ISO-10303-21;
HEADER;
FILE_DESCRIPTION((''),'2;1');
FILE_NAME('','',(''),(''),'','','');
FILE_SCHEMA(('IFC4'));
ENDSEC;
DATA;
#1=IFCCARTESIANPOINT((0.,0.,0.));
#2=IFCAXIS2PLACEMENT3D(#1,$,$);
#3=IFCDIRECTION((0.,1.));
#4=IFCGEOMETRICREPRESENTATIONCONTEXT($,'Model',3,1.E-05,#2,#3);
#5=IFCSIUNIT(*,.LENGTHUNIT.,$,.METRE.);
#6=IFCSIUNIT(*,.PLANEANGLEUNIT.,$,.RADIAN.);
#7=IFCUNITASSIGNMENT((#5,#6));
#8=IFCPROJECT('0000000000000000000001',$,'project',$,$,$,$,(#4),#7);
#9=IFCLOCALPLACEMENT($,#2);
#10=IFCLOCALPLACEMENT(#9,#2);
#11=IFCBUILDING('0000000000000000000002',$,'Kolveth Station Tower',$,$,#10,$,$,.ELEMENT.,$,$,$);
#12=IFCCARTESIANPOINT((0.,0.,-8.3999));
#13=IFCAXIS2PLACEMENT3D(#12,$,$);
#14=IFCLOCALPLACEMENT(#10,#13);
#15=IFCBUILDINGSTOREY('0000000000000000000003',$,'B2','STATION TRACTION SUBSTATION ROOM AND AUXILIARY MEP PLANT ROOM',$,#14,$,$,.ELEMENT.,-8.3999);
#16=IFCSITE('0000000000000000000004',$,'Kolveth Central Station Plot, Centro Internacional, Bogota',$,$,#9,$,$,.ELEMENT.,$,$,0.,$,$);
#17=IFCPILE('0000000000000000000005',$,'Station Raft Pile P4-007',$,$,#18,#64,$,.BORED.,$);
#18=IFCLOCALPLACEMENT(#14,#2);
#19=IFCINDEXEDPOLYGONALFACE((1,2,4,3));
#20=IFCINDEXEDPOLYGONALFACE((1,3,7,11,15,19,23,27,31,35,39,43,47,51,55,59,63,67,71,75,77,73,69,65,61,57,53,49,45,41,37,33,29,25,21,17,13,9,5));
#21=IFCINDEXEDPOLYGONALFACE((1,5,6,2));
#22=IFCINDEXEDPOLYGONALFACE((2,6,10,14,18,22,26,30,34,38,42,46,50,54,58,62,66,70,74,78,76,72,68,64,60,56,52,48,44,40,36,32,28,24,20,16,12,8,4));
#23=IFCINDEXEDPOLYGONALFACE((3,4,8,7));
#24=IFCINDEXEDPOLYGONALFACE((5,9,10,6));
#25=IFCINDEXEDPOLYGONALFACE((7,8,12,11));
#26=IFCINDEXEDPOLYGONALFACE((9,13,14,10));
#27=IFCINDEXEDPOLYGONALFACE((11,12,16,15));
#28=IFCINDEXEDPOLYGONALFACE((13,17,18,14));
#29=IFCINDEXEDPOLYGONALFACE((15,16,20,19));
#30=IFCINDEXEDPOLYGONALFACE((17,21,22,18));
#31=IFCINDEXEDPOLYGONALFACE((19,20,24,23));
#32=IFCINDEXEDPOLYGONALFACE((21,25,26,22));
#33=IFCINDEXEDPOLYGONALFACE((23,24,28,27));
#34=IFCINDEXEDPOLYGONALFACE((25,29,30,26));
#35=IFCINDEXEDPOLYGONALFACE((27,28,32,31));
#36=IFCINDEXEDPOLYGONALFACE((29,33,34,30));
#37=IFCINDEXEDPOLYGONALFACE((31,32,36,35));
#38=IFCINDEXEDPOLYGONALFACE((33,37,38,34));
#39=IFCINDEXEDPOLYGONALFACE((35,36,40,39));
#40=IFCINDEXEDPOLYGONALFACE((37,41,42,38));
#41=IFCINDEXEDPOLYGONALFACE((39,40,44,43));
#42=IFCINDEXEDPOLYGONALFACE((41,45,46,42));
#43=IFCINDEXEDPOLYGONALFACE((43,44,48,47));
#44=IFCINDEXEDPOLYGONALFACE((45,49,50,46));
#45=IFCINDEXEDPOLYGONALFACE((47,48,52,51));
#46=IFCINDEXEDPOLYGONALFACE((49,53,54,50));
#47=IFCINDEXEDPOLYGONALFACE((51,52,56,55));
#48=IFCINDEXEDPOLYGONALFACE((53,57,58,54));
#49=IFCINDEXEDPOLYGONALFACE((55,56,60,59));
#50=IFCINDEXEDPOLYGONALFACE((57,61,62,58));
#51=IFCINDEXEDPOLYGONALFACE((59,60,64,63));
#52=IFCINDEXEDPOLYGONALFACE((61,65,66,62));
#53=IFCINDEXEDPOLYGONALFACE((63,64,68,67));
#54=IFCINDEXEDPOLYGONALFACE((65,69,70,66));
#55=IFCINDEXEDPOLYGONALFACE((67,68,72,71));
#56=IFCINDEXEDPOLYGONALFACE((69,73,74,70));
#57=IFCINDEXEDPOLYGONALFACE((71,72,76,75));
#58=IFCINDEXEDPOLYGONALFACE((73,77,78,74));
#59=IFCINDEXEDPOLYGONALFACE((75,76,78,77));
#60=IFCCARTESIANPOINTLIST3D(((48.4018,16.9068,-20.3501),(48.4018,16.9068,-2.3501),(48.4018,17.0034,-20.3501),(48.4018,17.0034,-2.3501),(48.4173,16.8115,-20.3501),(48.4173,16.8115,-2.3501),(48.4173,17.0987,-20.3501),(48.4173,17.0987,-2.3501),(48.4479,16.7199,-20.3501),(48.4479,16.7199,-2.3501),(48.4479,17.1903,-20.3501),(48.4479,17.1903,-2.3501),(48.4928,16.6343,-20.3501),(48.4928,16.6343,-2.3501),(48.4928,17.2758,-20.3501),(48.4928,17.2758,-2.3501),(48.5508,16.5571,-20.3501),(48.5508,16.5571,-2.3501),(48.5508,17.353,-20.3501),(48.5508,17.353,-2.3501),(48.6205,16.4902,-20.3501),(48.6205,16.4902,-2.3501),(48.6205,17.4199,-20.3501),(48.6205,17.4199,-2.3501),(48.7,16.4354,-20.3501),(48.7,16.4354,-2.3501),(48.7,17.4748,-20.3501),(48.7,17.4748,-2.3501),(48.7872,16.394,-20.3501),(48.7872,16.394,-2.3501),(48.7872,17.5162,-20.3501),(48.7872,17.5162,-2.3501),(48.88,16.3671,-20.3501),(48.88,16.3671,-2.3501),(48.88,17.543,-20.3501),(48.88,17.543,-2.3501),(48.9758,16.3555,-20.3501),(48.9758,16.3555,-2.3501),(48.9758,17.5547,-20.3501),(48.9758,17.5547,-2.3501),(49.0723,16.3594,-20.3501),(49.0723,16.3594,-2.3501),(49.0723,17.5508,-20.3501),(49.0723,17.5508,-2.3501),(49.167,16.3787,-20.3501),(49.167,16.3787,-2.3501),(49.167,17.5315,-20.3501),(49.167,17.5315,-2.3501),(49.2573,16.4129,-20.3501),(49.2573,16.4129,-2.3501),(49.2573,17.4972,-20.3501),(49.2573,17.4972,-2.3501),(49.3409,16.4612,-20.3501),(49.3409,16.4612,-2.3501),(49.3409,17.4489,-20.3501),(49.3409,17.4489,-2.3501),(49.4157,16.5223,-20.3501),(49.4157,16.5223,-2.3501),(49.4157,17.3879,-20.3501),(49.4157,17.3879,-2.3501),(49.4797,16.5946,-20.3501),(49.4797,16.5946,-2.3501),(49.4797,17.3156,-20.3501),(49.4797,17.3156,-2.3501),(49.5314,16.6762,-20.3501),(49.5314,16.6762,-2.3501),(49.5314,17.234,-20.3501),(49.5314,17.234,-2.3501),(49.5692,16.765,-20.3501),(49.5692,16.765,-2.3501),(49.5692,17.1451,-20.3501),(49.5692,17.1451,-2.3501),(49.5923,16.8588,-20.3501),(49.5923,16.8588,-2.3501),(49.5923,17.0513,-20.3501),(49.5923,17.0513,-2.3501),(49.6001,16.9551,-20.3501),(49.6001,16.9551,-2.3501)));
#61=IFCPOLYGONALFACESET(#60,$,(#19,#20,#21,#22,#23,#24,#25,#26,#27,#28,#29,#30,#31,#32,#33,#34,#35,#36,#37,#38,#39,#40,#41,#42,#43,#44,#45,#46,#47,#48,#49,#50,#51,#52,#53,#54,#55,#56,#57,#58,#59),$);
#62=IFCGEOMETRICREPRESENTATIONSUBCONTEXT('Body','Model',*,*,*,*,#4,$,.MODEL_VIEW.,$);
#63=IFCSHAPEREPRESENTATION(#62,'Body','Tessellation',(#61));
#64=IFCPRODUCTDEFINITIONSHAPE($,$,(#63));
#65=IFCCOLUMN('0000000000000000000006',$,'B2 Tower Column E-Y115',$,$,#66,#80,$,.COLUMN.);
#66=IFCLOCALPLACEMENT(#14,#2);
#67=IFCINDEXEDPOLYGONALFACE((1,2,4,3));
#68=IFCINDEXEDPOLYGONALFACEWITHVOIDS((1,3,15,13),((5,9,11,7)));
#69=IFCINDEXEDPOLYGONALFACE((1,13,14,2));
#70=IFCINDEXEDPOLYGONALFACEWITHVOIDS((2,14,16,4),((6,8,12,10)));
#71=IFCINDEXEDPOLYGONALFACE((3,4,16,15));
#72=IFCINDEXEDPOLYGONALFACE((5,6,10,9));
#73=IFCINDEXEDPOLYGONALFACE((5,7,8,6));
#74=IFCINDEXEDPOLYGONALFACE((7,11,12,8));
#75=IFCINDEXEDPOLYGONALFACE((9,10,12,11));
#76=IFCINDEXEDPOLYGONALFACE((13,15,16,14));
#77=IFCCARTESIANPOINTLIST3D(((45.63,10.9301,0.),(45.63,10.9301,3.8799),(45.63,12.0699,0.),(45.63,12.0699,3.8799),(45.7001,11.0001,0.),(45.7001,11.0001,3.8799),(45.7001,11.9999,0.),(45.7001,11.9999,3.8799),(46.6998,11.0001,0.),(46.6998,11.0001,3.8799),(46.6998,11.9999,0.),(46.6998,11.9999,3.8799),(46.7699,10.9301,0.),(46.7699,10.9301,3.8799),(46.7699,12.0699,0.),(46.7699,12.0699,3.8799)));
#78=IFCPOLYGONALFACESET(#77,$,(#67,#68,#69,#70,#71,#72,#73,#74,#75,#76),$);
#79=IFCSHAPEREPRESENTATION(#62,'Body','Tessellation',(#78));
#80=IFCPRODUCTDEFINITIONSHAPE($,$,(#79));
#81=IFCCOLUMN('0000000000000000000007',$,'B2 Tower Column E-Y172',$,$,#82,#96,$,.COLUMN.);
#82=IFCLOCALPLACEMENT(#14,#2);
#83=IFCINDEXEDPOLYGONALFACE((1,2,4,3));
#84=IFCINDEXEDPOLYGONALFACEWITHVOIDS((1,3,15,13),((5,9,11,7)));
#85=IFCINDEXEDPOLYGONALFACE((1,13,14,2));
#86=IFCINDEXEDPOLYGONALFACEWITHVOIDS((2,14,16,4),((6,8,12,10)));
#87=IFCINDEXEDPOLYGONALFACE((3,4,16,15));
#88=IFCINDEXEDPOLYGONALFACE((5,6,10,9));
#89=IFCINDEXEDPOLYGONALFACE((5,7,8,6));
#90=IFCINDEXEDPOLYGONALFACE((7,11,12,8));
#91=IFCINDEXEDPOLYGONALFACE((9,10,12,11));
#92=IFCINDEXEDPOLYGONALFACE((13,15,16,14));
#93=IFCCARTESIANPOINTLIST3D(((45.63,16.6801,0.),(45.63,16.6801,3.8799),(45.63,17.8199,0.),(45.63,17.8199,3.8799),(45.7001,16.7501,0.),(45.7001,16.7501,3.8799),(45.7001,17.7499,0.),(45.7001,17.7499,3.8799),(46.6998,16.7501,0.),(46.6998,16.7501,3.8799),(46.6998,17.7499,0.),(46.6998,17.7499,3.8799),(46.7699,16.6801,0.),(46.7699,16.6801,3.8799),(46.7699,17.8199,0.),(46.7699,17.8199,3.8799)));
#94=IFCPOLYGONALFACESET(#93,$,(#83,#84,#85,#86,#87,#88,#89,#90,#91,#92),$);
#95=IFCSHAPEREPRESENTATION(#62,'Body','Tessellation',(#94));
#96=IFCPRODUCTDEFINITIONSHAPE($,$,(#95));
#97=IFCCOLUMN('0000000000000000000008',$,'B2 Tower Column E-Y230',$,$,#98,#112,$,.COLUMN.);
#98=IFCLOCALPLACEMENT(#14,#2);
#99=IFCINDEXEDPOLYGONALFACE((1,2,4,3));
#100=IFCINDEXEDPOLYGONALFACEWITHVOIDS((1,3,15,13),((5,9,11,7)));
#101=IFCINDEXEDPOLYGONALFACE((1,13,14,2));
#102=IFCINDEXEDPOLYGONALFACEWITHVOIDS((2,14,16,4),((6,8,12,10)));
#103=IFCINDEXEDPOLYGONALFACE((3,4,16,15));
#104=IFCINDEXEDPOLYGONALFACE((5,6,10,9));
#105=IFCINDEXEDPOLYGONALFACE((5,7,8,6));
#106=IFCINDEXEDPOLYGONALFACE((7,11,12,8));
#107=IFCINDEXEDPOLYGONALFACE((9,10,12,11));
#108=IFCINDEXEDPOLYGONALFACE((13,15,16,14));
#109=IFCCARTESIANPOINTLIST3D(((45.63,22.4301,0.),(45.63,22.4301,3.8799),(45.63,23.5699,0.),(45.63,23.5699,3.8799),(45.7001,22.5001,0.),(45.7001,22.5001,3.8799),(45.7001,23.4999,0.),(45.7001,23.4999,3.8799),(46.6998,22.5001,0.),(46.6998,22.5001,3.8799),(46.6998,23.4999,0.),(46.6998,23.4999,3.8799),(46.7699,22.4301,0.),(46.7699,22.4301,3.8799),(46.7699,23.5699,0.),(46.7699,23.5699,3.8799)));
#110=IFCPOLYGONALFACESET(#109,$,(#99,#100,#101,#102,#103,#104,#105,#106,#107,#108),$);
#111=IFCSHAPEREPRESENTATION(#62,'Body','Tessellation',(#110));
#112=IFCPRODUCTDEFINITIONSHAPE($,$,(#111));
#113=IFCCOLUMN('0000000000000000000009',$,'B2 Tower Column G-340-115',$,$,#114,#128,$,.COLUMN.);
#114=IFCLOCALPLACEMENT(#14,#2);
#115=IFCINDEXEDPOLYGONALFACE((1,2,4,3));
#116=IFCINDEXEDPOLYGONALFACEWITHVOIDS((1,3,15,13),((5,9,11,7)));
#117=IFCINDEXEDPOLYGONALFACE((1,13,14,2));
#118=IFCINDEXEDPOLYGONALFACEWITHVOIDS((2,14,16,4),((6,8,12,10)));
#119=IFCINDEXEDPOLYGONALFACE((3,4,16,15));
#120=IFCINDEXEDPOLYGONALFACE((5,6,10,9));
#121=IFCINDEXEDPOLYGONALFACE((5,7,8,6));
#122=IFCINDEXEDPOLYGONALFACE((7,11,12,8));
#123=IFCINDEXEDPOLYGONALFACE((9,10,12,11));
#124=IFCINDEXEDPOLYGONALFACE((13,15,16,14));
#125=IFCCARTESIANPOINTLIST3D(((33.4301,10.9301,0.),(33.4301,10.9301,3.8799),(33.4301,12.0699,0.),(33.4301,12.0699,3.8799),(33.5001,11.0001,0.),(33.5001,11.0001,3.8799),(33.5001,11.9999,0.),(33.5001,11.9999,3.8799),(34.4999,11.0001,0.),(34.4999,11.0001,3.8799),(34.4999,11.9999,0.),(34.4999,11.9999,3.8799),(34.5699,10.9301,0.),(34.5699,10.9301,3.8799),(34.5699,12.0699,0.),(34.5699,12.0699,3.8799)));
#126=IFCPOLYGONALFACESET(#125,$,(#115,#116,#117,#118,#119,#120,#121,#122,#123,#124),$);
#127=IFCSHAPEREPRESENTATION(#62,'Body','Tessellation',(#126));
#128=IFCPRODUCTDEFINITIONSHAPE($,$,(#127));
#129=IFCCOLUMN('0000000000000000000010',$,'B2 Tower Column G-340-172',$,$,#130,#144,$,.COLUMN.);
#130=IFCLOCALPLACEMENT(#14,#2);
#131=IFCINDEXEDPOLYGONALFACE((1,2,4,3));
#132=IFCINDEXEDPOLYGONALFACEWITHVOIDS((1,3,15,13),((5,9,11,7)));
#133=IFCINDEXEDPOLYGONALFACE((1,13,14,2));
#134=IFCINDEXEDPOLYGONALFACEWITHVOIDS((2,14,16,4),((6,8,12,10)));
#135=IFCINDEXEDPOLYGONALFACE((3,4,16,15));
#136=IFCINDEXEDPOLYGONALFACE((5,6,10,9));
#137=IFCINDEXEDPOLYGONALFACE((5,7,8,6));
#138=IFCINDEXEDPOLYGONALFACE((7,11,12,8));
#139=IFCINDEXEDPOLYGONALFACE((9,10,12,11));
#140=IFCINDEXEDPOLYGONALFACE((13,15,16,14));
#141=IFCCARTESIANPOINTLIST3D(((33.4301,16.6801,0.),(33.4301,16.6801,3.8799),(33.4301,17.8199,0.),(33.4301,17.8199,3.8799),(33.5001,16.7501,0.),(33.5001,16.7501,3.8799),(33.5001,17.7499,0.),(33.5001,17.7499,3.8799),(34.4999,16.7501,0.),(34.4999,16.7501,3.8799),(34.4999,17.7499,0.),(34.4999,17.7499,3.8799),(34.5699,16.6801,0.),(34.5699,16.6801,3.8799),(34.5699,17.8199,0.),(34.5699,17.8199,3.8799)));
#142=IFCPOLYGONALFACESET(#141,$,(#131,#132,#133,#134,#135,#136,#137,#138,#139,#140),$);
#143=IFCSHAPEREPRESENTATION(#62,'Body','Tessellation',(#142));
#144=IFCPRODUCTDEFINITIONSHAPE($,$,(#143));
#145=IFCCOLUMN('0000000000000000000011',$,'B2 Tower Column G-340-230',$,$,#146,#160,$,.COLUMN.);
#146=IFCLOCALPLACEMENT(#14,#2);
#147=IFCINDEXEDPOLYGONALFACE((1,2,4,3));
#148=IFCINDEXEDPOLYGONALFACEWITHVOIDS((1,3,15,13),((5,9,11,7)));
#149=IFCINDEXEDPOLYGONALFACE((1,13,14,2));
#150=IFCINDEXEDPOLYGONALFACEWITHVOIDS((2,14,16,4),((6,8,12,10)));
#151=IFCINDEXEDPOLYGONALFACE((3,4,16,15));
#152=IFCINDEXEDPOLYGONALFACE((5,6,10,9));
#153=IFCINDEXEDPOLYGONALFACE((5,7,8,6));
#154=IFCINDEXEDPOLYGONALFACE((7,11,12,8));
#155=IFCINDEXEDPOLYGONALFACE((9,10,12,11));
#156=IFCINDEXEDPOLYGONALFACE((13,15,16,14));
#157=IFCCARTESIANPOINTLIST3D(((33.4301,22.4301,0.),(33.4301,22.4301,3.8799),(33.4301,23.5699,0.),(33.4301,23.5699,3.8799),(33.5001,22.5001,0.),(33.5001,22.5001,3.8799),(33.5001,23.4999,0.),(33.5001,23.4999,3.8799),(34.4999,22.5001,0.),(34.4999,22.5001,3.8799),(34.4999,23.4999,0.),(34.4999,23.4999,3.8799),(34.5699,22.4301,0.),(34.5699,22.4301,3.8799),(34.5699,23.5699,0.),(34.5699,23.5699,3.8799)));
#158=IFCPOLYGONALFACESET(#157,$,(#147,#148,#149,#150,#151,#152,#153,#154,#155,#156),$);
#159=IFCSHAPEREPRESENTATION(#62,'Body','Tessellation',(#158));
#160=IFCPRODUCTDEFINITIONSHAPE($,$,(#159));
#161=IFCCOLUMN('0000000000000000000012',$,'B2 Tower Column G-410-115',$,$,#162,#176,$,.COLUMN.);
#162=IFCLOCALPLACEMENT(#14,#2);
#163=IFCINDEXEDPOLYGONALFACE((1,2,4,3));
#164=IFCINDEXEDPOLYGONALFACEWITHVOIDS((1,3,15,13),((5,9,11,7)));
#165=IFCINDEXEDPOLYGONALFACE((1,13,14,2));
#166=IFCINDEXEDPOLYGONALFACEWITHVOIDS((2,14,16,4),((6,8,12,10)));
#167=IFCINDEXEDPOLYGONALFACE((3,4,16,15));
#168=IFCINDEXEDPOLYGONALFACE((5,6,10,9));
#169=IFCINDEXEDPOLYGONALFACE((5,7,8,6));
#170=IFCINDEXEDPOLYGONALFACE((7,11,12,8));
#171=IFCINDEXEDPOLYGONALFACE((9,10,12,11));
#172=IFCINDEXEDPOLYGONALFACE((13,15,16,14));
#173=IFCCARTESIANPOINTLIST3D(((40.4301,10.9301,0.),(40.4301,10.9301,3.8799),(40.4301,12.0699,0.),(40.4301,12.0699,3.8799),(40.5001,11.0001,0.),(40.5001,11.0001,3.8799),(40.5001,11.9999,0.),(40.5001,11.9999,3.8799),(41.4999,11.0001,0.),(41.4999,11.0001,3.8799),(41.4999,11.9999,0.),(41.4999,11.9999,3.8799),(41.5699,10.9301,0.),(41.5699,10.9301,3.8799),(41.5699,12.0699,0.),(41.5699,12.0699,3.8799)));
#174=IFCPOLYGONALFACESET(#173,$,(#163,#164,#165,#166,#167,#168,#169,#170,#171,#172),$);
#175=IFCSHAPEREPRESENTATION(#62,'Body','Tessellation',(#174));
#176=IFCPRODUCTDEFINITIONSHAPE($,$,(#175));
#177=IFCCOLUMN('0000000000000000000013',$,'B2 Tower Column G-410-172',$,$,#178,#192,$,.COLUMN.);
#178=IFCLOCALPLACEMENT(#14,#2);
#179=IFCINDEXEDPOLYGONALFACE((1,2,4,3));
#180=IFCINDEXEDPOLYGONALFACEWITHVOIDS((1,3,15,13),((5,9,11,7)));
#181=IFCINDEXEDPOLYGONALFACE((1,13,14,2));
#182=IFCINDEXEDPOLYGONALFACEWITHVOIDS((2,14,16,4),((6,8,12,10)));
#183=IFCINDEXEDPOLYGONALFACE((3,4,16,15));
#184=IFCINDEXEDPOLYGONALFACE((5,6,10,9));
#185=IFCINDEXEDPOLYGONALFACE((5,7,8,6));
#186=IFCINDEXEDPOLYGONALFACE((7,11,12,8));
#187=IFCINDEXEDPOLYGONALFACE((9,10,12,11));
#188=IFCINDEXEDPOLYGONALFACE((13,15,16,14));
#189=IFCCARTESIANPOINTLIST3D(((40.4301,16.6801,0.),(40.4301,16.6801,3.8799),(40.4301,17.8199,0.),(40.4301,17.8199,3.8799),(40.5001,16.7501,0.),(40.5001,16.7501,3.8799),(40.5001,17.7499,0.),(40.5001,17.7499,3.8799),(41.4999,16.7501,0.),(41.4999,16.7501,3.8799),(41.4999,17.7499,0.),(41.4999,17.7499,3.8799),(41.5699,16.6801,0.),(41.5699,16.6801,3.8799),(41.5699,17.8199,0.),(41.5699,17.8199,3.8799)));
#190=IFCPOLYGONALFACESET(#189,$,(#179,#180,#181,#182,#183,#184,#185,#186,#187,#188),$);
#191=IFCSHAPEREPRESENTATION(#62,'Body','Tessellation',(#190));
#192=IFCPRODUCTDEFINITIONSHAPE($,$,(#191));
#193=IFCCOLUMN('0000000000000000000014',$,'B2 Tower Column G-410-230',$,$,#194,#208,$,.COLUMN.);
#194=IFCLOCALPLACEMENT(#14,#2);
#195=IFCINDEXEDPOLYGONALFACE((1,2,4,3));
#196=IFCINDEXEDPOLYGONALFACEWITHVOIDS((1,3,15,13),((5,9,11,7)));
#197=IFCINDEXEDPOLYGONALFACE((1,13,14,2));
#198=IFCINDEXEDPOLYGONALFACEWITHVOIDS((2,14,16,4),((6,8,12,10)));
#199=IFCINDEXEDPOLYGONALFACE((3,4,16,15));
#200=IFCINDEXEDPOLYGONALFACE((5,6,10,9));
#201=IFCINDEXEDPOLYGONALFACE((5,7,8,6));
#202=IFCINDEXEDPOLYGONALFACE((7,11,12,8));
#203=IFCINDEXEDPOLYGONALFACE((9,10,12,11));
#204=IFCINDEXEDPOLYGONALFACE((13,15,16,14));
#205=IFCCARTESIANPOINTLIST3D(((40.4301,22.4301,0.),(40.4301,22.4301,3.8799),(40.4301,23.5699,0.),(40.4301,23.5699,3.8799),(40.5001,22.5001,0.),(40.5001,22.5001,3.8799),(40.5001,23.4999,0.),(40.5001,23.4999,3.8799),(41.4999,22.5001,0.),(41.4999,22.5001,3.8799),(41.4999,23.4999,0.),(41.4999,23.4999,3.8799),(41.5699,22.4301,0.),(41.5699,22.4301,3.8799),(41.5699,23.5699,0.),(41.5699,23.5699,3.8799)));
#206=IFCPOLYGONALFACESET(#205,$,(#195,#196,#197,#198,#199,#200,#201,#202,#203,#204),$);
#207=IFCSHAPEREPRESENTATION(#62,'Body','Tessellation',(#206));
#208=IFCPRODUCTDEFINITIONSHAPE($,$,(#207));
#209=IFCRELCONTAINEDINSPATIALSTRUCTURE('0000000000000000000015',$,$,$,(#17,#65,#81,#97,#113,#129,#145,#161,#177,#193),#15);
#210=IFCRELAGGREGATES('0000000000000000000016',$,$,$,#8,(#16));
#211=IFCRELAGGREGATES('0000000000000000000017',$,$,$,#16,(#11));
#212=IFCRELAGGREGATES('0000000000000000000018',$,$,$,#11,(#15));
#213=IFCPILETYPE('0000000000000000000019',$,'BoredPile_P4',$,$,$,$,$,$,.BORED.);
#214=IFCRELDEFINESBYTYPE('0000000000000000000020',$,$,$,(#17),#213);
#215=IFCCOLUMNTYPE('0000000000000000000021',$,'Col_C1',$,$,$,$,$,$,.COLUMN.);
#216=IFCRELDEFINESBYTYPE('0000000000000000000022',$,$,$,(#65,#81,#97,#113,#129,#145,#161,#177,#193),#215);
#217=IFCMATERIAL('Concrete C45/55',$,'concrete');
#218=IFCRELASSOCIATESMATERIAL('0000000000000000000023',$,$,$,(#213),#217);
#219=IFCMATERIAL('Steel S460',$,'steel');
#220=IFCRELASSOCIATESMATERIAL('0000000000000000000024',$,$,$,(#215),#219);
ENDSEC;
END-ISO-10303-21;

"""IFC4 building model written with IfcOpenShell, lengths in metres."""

from ifc_helpers import new_model, si_unit, direction, frame, origin, origin_2d, place, context, subcontext, project, spatial, hollow_rectangle, circle, extrude, source, transform, mapped, material, material_profile, profile_set, type_object, element, save


model = new_model("IFC4")

# Units and contexts
model_context = context("Model", 3, precision=1e-05, world=origin(), true_north=direction((0.0, 1.0)))
body_context = subcontext(model_context, "Body", "Model", "MODEL_VIEW")
ifc_project = project(units=[si_unit("LENGTHUNIT", "METRE"), si_unit("PLANEANGLEUNIT", "RADIAN")], contexts=[model_context])

# Site, building, storey
site_placement = place(None, origin())
site = spatial("IfcSite", under=ifc_project, at=site_placement, Name="Kolveth Central Station Plot, Centro Internacional, Bogota", CompositionType="ELEMENT", RefElevation=0.0)
building_placement = place(site_placement, origin())
building = spatial("IfcBuilding", under=site, at=building_placement, Name="Kolveth Station Tower", CompositionType="ELEMENT")
storey_placement = place(building_placement, frame((0.0, 0.0, -8.3999)))
storey = spatial("IfcBuildingStorey", under=building, at=storey_placement, Name="B2", Description="STATION TRACTION SUBSTATION ROOM AND AUXILIARY MEP PLANT ROOM", CompositionType="ELEMENT", Elevation=-8.3999)

# Pile
ifc_material_1 = material(Name="Concrete C45/55", Category="concrete")
ifc_material_profile_1 = material_profile(ifc_material_1, circle(Radius=0.6001, at=origin_2d()), Name="PILE-D1200")
ifc_profile_set_1 = profile_set([ifc_material_profile_1], Name="Concrete C45/55")
pile_type_1 = type_object("IfcPileType", Name="BoredPile_P4", PredefinedType="BORED", material=ifc_profile_set_1)
shared_shape_1 = source(origin(), body_context, "Body", "SweptSolid", [
    extrude(circle(Radius=0.6001, at=origin_2d()), origin(), (0.0, 0.0, 1.0), 18.0),
])
for number, where, z_axis, x_axis, name in (
    (1, (49.0, 16.9551, -2.3501), (0.0, 0.0, -1.0), (1.0, 0.0, 0.0), "Station Raft Pile P4-007"),
):
    element("IfcPile", number, at=place(storey_placement, frame(where, z_axis=z_axis, x_axis=x_axis)), inside=storey, type_object=pile_type_1, Name=name, PredefinedType="BORED", context=body_context, shape_type="MappedRepresentation", body=[
        mapped(shared_shape_1, transform((0.0, 0.0, 0.0), x_axis=(1.0, 0.0, 0.0), y_axis=(0.0, 1.0, 0.0), z_axis=(0.0, 0.0, 1.0), scale=1.0)),
    ])

# Columns
ifc_material_2 = material(Name="Steel S460", Category="steel")
ifc_material_profile_2 = material_profile(ifc_material_2, hollow_rectangle(XDim=1.1399, YDim=1.1399, WallThickness=0.0701, at=origin_2d()), Name="BOX1140x1140x70")
ifc_profile_set_2 = profile_set([ifc_material_profile_2], Name="Steel S460")
column_type_1 = type_object("IfcColumnType", Name="Col_C1", PredefinedType="COLUMN", material=ifc_profile_set_2)
shared_shape_2 = source(origin(), body_context, "Body", "SweptSolid", [
    extrude(hollow_rectangle(XDim=1.1399, YDim=1.1399, WallThickness=0.0701, at=origin_2d()), origin(), (0.0, 0.0, 1.0), 3.8799),
])
for number, where, z_axis, x_axis, name in (
    (2, (46.2, 11.5, 0.0), (0.0, 0.0, 1.0), (1.0, 0.0, 0.0), "B2 Tower Column E-Y115"),
    (3, (46.2, 17.25, 0.0), (0.0, 0.0, 1.0), (1.0, 0.0, 0.0), "B2 Tower Column E-Y172"),
    (4, (46.2, 23.0, 0.0), (0.0, 0.0, 1.0), (1.0, 0.0, 0.0), "B2 Tower Column E-Y230"),
    (5, (34.0, 11.5, 0.0), (0.0, 0.0, 1.0), (1.0, 0.0, 0.0), "B2 Tower Column G-340-115"),
    (6, (34.0, 17.25, 0.0), (0.0, 0.0, 1.0), (1.0, 0.0, 0.0), "B2 Tower Column G-340-172"),
    (7, (34.0, 23.0, 0.0), (0.0, 0.0, 1.0), (1.0, 0.0, 0.0), "B2 Tower Column G-340-230"),
    (8, (41.0, 11.5, 0.0), (0.0, 0.0, 1.0), (1.0, 0.0, 0.0), "B2 Tower Column G-410-115"),
    (9, (41.0, 17.25, 0.0), (0.0, 0.0, 1.0), (1.0, 0.0, 0.0), "B2 Tower Column G-410-172"),
    (10, (41.0, 23.0, 0.0), (0.0, 0.0, 1.0), (1.0, 0.0, 0.0), "B2 Tower Column G-410-230"),
):
    element("IfcColumn", number, at=place(storey_placement, frame(where, z_axis=z_axis, x_axis=x_axis)), inside=storey, type_object=column_type_1, Name=name, PredefinedType="COLUMN", context=body_context, shape_type="MappedRepresentation", body=[
        mapped(shared_shape_2, transform((0.0, 0.0, 0.0), x_axis=(1.0, 0.0, 0.0), y_axis=(0.0, 1.0, 0.0), z_axis=(0.0, 0.0, 1.0), scale=1.0)),
    ])

save(model, "model.ifc")
